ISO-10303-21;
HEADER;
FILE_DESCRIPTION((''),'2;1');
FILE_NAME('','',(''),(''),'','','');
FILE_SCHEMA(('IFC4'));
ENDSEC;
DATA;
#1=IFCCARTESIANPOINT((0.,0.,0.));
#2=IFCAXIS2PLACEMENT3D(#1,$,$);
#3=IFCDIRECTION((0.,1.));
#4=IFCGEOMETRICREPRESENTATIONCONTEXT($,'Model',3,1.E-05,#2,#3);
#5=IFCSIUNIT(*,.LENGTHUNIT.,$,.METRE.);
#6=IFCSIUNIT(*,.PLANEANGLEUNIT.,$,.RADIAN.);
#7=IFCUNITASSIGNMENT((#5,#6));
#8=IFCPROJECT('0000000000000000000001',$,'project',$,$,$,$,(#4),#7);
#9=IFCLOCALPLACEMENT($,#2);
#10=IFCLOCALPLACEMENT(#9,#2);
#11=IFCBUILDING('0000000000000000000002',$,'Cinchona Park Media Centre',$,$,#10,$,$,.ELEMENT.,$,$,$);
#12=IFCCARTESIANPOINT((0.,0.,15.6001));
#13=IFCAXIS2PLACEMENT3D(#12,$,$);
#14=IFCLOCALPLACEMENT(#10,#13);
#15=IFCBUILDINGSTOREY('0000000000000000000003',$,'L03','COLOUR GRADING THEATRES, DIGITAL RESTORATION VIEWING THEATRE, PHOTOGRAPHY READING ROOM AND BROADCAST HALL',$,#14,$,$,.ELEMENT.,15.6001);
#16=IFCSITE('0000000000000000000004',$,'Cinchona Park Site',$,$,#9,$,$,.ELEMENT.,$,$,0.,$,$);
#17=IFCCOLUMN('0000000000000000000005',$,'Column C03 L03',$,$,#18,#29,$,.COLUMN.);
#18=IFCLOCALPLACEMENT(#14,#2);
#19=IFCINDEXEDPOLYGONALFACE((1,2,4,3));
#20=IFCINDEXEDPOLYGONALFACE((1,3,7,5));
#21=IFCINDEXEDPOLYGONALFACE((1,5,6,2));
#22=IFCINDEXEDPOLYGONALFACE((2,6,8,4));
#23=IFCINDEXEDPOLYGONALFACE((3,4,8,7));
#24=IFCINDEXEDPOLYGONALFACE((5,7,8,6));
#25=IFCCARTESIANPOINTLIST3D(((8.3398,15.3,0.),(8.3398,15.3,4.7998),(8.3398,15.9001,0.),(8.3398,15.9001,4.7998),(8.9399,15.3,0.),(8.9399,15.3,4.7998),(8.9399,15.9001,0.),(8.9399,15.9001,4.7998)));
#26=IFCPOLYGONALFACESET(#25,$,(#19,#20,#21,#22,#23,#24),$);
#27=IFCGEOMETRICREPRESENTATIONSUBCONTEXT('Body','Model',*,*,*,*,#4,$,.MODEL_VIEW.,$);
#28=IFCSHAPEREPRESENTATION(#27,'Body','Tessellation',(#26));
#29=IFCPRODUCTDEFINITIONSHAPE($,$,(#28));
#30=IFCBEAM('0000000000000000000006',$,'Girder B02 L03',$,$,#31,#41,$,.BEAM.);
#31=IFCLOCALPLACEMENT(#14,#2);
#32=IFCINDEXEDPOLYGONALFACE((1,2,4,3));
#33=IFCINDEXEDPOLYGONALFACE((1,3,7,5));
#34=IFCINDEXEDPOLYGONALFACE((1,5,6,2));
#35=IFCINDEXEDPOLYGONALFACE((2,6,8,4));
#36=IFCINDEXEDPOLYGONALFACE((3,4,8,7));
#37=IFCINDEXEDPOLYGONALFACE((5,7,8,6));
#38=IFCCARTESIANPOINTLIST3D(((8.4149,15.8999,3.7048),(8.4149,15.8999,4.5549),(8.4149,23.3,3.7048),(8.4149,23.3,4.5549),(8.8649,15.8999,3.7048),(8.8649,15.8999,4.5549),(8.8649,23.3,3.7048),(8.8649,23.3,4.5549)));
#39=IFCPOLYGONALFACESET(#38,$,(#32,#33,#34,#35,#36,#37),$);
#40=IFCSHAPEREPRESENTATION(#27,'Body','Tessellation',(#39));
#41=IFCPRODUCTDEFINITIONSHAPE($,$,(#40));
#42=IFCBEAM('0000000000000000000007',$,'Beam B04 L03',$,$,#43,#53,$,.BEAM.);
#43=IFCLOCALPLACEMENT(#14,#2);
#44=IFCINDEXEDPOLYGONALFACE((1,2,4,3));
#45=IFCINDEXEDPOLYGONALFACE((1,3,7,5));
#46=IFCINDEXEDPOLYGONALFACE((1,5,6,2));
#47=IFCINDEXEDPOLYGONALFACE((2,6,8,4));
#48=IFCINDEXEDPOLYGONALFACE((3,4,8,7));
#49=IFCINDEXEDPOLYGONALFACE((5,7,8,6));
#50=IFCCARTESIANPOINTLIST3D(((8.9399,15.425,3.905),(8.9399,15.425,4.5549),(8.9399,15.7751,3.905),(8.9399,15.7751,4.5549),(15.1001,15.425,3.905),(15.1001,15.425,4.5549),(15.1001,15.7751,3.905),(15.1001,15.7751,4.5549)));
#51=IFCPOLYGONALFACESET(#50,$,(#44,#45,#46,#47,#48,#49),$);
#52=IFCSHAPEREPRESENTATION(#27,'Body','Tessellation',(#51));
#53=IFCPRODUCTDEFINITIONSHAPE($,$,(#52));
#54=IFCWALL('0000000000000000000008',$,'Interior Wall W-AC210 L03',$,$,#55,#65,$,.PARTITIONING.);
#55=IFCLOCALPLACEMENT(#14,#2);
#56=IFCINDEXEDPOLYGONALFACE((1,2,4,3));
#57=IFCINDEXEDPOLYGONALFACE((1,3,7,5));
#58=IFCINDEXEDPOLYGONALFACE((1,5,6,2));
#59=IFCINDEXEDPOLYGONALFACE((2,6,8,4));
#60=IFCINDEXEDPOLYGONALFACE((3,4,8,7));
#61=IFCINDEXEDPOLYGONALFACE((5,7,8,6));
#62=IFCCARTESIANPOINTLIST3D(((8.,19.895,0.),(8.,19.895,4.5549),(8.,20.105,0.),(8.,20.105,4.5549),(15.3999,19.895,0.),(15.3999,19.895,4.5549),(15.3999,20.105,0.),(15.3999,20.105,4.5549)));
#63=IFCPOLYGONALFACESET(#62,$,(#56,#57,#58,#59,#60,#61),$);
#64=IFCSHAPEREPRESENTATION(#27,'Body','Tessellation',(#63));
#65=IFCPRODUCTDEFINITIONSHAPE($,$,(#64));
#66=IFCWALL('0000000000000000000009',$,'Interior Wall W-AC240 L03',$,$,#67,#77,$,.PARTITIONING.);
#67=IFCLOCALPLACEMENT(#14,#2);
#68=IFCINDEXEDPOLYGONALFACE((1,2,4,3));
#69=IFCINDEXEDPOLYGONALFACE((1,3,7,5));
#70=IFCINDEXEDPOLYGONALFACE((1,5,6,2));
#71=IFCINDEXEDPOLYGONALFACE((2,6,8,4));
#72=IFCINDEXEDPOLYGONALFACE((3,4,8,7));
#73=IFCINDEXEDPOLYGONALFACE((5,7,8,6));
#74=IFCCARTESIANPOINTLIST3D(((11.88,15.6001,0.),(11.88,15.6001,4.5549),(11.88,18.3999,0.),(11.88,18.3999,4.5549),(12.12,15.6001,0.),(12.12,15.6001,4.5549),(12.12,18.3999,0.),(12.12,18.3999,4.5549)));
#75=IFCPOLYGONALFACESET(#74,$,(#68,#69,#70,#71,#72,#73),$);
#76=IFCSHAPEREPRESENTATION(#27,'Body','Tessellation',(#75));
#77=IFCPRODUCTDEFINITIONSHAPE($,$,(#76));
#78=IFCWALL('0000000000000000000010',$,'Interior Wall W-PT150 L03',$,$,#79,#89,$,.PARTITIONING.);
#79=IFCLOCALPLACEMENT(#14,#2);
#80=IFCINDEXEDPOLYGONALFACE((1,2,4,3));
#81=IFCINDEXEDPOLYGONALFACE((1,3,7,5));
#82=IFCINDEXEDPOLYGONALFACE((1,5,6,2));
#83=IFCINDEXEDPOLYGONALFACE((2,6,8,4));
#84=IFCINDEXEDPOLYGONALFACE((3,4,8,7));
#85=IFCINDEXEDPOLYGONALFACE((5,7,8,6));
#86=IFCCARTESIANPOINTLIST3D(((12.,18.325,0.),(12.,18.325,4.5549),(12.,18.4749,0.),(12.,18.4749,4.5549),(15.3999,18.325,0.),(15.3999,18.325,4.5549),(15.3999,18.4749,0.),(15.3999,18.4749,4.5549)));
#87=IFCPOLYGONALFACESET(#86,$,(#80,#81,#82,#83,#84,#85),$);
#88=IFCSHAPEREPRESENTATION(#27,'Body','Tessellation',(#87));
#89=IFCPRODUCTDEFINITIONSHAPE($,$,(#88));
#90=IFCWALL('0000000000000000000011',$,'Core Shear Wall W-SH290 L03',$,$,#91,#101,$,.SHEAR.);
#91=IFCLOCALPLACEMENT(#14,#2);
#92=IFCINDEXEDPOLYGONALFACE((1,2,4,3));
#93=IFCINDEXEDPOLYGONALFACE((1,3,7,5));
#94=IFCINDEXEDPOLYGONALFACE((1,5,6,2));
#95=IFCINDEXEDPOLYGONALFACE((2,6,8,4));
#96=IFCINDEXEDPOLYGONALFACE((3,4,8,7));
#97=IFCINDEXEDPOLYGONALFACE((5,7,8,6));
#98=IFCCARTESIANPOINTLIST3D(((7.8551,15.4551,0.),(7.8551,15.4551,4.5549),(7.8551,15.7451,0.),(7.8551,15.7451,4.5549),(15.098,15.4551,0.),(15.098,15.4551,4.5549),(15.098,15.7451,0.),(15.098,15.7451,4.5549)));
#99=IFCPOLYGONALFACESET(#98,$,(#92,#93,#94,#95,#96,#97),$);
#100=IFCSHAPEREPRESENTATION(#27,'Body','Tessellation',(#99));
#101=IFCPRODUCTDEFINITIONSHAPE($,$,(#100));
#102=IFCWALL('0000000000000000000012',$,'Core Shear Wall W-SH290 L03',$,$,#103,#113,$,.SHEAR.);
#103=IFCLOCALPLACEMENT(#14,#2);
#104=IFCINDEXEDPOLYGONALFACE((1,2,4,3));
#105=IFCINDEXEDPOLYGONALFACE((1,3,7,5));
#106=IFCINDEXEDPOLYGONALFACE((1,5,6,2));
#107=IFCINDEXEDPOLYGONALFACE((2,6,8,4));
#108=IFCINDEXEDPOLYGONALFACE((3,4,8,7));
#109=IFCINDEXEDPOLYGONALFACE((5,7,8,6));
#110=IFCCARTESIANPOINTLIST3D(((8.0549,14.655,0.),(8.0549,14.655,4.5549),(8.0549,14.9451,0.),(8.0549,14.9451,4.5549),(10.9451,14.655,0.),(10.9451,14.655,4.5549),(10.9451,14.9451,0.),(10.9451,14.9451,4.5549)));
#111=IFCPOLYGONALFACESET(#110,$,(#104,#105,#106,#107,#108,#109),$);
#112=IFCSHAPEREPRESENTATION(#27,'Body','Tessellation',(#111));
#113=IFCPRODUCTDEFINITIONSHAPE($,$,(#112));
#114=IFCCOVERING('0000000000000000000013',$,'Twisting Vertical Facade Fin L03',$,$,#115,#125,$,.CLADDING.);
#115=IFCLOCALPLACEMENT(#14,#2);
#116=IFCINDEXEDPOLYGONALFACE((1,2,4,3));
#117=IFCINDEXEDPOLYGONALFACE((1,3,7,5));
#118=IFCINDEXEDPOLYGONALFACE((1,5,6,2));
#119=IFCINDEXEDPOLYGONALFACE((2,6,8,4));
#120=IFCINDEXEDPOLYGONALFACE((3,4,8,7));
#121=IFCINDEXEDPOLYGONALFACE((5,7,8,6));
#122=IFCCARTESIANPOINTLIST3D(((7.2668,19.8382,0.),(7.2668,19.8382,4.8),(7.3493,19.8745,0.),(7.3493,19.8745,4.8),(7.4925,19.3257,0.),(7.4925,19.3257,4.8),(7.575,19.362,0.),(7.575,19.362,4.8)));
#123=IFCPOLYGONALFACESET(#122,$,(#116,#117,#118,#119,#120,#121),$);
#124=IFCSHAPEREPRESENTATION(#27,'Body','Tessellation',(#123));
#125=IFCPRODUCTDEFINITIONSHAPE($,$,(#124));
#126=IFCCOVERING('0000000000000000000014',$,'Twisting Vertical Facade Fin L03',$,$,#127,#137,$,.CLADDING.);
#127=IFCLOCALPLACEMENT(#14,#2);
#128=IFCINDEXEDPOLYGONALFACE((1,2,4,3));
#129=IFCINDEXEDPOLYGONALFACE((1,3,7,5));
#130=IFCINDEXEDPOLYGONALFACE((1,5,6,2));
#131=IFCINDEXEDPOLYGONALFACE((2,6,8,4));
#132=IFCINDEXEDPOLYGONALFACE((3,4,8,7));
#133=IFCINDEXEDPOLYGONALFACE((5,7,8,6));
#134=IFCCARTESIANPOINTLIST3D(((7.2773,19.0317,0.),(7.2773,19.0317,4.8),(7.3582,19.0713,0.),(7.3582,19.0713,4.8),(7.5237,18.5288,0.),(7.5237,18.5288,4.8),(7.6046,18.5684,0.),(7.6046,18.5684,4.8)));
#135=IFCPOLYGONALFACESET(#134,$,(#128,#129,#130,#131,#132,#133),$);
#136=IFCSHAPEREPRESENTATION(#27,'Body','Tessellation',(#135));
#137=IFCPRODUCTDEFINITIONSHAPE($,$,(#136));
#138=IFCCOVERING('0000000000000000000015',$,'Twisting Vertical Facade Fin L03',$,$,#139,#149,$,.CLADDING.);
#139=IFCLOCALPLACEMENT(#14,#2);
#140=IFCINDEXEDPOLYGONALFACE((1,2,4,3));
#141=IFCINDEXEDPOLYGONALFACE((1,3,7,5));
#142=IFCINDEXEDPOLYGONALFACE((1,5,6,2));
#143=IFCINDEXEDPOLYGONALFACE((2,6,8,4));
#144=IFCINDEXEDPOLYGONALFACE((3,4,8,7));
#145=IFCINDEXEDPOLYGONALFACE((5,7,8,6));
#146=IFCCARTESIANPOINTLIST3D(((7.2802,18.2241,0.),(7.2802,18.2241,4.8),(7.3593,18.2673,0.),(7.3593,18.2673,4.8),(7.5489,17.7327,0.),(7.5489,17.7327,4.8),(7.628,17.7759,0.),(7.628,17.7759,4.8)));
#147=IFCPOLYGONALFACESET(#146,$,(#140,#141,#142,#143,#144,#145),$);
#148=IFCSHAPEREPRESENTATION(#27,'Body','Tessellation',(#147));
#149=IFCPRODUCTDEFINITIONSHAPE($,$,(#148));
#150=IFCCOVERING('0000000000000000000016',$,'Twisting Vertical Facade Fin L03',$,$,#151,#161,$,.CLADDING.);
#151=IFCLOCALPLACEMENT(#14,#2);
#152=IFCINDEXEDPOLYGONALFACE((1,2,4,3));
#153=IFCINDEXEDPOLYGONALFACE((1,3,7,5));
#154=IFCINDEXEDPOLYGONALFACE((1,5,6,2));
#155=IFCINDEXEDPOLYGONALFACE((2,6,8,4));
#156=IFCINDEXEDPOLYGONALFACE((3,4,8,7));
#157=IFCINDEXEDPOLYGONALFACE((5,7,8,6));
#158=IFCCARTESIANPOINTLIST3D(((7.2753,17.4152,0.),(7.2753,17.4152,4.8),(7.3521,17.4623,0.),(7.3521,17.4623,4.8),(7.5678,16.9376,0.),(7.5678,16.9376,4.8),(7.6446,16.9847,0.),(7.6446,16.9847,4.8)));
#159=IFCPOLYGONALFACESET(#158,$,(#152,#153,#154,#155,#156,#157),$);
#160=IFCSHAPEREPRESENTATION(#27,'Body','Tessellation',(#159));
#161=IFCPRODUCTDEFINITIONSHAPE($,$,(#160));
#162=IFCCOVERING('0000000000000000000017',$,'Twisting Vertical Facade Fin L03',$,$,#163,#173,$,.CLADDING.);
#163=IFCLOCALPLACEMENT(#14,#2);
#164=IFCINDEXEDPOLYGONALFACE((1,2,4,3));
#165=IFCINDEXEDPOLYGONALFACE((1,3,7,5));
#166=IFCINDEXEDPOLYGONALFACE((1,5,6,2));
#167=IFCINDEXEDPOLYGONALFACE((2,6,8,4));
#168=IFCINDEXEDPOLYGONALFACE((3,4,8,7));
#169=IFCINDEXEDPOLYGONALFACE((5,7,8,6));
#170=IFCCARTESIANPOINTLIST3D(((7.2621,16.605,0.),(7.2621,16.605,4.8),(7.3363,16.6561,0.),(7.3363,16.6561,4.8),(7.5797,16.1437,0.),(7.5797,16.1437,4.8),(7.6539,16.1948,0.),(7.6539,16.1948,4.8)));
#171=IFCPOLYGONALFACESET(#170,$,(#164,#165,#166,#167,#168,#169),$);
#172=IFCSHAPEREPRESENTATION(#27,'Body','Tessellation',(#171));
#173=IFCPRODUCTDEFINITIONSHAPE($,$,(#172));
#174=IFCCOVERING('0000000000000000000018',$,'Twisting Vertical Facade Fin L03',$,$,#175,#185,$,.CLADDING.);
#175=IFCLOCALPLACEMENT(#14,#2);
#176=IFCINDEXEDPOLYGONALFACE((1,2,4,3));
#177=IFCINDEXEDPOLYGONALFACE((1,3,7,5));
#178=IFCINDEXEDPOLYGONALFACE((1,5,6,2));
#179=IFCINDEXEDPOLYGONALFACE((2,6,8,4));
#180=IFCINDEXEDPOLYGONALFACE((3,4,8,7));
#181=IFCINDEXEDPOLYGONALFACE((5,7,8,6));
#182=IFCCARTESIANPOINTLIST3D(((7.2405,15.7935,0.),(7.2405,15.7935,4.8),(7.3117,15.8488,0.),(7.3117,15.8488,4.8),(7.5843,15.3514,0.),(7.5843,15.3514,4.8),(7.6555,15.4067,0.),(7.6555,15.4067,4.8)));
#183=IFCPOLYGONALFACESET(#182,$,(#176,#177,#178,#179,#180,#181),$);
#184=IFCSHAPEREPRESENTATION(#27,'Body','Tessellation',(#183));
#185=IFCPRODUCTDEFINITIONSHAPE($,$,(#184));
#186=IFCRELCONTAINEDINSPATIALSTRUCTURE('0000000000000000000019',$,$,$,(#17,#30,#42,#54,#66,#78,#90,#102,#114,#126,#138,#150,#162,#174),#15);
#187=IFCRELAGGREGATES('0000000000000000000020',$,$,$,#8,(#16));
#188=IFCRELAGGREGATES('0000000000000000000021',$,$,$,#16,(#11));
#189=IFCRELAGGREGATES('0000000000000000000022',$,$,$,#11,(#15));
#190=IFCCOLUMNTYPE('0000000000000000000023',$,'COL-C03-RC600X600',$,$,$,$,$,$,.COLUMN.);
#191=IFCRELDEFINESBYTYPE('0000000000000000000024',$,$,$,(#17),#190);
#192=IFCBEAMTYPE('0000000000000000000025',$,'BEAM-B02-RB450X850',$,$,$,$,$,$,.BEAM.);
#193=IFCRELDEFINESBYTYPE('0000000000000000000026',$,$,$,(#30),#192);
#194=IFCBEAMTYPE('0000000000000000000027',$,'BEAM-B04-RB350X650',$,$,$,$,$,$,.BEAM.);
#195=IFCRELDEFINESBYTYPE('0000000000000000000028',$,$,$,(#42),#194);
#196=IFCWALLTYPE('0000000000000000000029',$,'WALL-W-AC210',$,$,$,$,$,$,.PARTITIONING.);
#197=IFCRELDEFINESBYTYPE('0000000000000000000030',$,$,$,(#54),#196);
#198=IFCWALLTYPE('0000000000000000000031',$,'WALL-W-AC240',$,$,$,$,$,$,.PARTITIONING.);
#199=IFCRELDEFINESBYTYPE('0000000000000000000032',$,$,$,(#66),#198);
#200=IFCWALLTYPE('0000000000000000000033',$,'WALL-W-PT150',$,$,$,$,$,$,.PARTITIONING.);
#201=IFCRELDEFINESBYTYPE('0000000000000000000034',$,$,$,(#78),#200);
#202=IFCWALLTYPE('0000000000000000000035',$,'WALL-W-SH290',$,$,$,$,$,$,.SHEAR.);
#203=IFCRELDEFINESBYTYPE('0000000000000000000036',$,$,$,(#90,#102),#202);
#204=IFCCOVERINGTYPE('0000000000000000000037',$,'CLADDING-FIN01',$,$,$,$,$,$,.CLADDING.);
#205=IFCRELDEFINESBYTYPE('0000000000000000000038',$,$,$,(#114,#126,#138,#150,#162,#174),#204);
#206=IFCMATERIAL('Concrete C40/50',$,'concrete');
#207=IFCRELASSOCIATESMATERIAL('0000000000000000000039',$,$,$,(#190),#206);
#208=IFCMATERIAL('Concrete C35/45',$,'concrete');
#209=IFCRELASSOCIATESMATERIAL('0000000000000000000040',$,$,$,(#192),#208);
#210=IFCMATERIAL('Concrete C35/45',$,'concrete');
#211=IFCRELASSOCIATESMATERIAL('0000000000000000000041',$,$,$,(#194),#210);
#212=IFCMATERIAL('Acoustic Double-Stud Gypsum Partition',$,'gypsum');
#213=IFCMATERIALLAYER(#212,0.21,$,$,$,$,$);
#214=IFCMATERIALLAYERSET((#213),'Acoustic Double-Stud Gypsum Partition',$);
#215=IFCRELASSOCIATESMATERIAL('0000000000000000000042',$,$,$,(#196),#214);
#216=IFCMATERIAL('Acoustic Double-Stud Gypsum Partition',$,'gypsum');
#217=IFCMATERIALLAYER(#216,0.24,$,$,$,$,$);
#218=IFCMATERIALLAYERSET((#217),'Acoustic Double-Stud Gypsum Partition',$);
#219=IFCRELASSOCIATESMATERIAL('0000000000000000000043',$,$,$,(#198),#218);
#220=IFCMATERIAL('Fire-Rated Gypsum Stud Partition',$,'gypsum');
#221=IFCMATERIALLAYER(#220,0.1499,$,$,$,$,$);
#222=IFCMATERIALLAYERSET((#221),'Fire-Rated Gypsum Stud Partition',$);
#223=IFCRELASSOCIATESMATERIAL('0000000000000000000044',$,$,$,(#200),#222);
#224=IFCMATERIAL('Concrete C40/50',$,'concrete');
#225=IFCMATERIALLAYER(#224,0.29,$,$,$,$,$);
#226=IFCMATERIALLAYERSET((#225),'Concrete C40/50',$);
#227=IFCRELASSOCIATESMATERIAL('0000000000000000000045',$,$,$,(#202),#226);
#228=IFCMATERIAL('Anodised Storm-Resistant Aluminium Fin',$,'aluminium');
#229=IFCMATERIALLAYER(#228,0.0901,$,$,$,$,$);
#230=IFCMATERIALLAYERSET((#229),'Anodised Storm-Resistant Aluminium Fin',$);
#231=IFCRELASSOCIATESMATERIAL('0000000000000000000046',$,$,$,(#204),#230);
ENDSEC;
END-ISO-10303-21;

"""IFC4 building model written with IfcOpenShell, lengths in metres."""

from ifc_helpers import new_model, si_unit, direction, frame, frame_2d, origin, origin_2d, place, context, subcontext, project, spatial, rectangle, extrude, material, layer, layer_set, material_profile, profile_set, type_object, element, save


model = new_model("IFC4")

# Units and contexts
model_context = context("Model", 3, precision=1e-05, world=origin(), true_north=direction((0.0, 1.0)))
body_context = subcontext(model_context, "Body", "Model", "MODEL_VIEW")
ifc_project = project(units=[si_unit("LENGTHUNIT", "METRE"), si_unit("PLANEANGLEUNIT", "RADIAN")], contexts=[model_context])

# Site, building, storey
site_placement = place(None, origin())
site = spatial("IfcSite", under=ifc_project, at=site_placement, Name="Cinchona Park Site", CompositionType="ELEMENT", RefElevation=0.0)
building_placement = place(site_placement, origin())
building = spatial("IfcBuilding", under=site, at=building_placement, Name="Cinchona Park Media Centre", CompositionType="ELEMENT")
storey_placement = place(building_placement, frame((0.0, 0.0, 15.6001)))
storey = spatial("IfcBuildingStorey", under=building, at=storey_placement, Name="L03", Description="COLOUR GRADING THEATRES, DIGITAL RESTORATION VIEWING THEATRE, PHOTOGRAPHY READING ROOM AND BROADCAST HALL", CompositionType="ELEMENT", Elevation=15.6001)

# Column
ifc_material_1 = material(Name="Concrete C40/50", Category="concrete")
ifc_material_profile_1 = material_profile(ifc_material_1, rectangle(XDim=0.6001, YDim=0.6001, at=origin_2d()), Name="RC 600X600")
ifc_profile_set_1 = profile_set([ifc_material_profile_1], Name="Concrete C40/50")
column_type = type_object("IfcColumnType", Name="COL-C03-RC600X600", PredefinedType="COLUMN", material=ifc_profile_set_1)
column_placement = place(storey_placement, frame((8.6399, 15.6001, 0.0), z_axis=(0.0, 0.0, 1.0), x_axis=(1.0, 0.0, 0.0)))
element("IfcColumn", 1, at=column_placement, inside=storey, type_object=column_type, Name="Column C03 L03", PredefinedType="COLUMN", context=body_context, shape_type="SweptSolid", body=[
    extrude(rectangle(XDim=0.6001, YDim=0.6001, at=origin_2d()), origin(), (0.0, 0.0, 1.0), 4.7998),
])

# Beams
ifc_material_2 = material(Name="Concrete C35/45", Category="concrete")
ifc_material_profile_2 = material_profile(ifc_material_2, rectangle(XDim=0.45, YDim=0.8501, at=origin_2d()), Name="RB 450X850")
ifc_profile_set_2 = profile_set([ifc_material_profile_2], Name="Concrete C35/45")
beam_type_1 = type_object("IfcBeamType", Name="BEAM-B02-RB450X850", PredefinedType="BEAM", material=ifc_profile_set_2)
beam_1_placement = place(storey_placement, frame((8.6399, 15.8999, 4.1299), z_axis=(0.0, 1.0, 0.0), x_axis=(-1.0, 0.0, 0.0)))
element("IfcBeam", 2, at=beam_1_placement, inside=storey, type_object=beam_type_1, Name="Girder B02 L03", PredefinedType="BEAM", context=body_context, shape_type="SweptSolid", body=[
    extrude(rectangle(XDim=0.45, YDim=0.8501, at=origin_2d()), origin(), (0.0, 0.0, 1.0), 7.4001),
])
ifc_material_3 = material(Name="Concrete C35/45", Category="concrete")
ifc_material_profile_3 = material_profile(ifc_material_3, rectangle(XDim=0.3501, YDim=0.6499, at=origin_2d()), Name="RB 350X650")
ifc_profile_set_3 = profile_set([ifc_material_profile_3], Name="Concrete C35/45")
beam_type_2 = type_object("IfcBeamType", Name="BEAM-B04-RB350X650", PredefinedType="BEAM", material=ifc_profile_set_3)
beam_2_placement = place(storey_placement, frame((8.9399, 15.6001, 4.23), z_axis=(1.0, 0.0, 0.0), x_axis=(0.0, 1.0, 0.0)))
element("IfcBeam", 3, at=beam_2_placement, inside=storey, type_object=beam_type_2, Name="Beam B04 L03", PredefinedType="BEAM", context=body_context, shape_type="SweptSolid", body=[
    extrude(rectangle(XDim=0.3501, YDim=0.6499, at=origin_2d()), origin(), (0.0, 0.0, 1.0), 6.1602),
])

# Walls
ifc_material_4 = material(Name="Acoustic Double-Stud Gypsum Partition", Category="gypsum")
ifc_layer_1 = layer(ifc_material_4, 0.21)
ifc_layer_set_1 = layer_set([ifc_layer_1], Name="Acoustic Double-Stud Gypsum Partition")
wall_type_1 = type_object("IfcWallType", Name="WALL-W-AC210", PredefinedType="PARTITIONING", material=ifc_layer_set_1)
wall_1_placement = place(storey_placement, frame((8.0, 20.0, 0.0), z_axis=(0.0, 0.0, 1.0), x_axis=(1.0, 0.0, 0.0)))
element("IfcWall", 4, at=wall_1_placement, inside=storey, type_object=wall_type_1, Name="Interior Wall W-AC210 L03", PredefinedType="PARTITIONING", context=body_context, shape_type="SweptSolid", body=[
    extrude(rectangle(XDim=7.3999, YDim=0.21, at=frame_2d((3.7, 0.0))), origin(), (0.0, 0.0, 1.0), 4.5549),
])
ifc_material_5 = material(Name="Acoustic Double-Stud Gypsum Partition", Category="gypsum")
ifc_layer_2 = layer(ifc_material_5, 0.24)
ifc_layer_set_2 = layer_set([ifc_layer_2], Name="Acoustic Double-Stud Gypsum Partition")
wall_type_2 = type_object("IfcWallType", Name="WALL-W-AC240", PredefinedType="PARTITIONING", material=ifc_layer_set_2)
wall_2_placement = place(storey_placement, frame((12.0, 15.6001, 0.0), z_axis=(0.0, 0.0, 1.0), x_axis=(0.0, 1.0, 0.0)))
element("IfcWall", 5, at=wall_2_placement, inside=storey, type_object=wall_type_2, Name="Interior Wall W-AC240 L03", PredefinedType="PARTITIONING", context=body_context, shape_type="SweptSolid", body=[
    extrude(rectangle(XDim=2.7998, YDim=0.24, at=frame_2d((1.3999, 0.0))), origin(), (0.0, 0.0, 1.0), 4.5549),
])
ifc_material_6 = material(Name="Fire-Rated Gypsum Stud Partition", Category="gypsum")
ifc_layer_3 = layer(ifc_material_6, 0.1499)
ifc_layer_set_3 = layer_set([ifc_layer_3], Name="Fire-Rated Gypsum Stud Partition")
wall_type_3 = type_object("IfcWallType", Name="WALL-W-PT150", PredefinedType="PARTITIONING", material=ifc_layer_set_3)
wall_3_placement = place(storey_placement, frame((12.0, 18.3999, 0.0), z_axis=(0.0, 0.0, 1.0), x_axis=(1.0, 0.0, 0.0)))
element("IfcWall", 6, at=wall_3_placement, inside=storey, type_object=wall_type_3, Name="Interior Wall W-PT150 L03", PredefinedType="PARTITIONING", context=body_context, shape_type="SweptSolid", body=[
    extrude(rectangle(XDim=3.3999, YDim=0.1499, at=frame_2d((1.7, 0.0))), origin(), (0.0, 0.0, 1.0), 4.5549),
])
ifc_material_7 = material(Name="Concrete C40/50", Category="concrete")
ifc_layer_4 = layer(ifc_material_7, 0.29)
ifc_layer_set_4 = layer_set([ifc_layer_4], Name="Concrete C40/50")
wall_type_4 = type_object("IfcWallType", Name="WALL-W-SH290", PredefinedType="SHEAR", material=ifc_layer_set_4)
wall_4_placement = place(storey_placement, frame((7.855, 15.6001, 0.0), z_axis=(0.0, 0.0, 1.0), x_axis=(1.0, 0.0, 0.0)))
element("IfcWall", 7, at=wall_4_placement, inside=storey, type_object=wall_type_4, Name="Core Shear Wall W-SH290 L03", PredefinedType="SHEAR", context=body_context, shape_type="SweptSolid", body=[
    extrude(rectangle(XDim=7.2429, YDim=0.29, at=frame_2d((3.6216, 0.0))), origin(), (0.0, 0.0, 1.0), 4.5549),
])
wall_5_placement = place(storey_placement, frame((8.0549, 14.8, 0.0), z_axis=(0.0, 0.0, 1.0), x_axis=(1.0, 0.0, 0.0)))
element("IfcWall", 8, at=wall_5_placement, inside=storey, type_object=wall_type_4, Name="Core Shear Wall W-SH290 L03", PredefinedType="SHEAR", context=body_context, shape_type="SweptSolid", body=[
    extrude(rectangle(XDim=2.8901, YDim=0.29, at=frame_2d((1.4451, 0.0))), origin(), (0.0, 0.0, 1.0), 4.5549),
])

# Coverings
ifc_material_8 = material(Name="Anodised Storm-Resistant Aluminium Fin", Category="aluminium")
ifc_layer_5 = layer(ifc_material_8, 0.0901)
ifc_layer_set_5 = layer_set([ifc_layer_5], Name="Anodised Storm-Resistant Aluminium Fin")
covering_type = type_object("IfcCoveringType", Name="CLADDING-FIN01", PredefinedType="CLADDING", material=ifc_layer_set_5)
for number, where, z_axis, x_axis, name in (
    (9, (7.4209, 19.6001, 0.0), (0.0, 0.0, 1.0), (0.403066, -0.915171, 0.0), "Twisting Vertical Facade Fin L03"),
    (10, (7.4409, 18.8, 0.0), (0.0, 0.0, 1.0), (0.439939, -0.898028, 0.0), "Twisting Vertical Facade Fin L03"),
    (11, (7.4541, 18.0, 0.0), (0.0, 0.0, 1.0), (0.479764, -0.877397, 0.0), "Twisting Vertical Facade Fin L03"),
    (12, (7.46, 17.2, 0.0), (0.0, 0.0, 1.0), (0.522201, -0.852822, 0.0), "Twisting Vertical Facade Fin L03"),
    (13, (7.458, 16.3999, 0.0), (0.0, 0.0, 1.0), (0.567125, -0.823632, 0.0), "Twisting Vertical Facade Fin L03"),
    (14, (7.448, 15.6001, 0.0), (0.0, 0.0, 1.0), (0.613872, -0.789406, 0.0), "Twisting Vertical Facade Fin L03"),
):
    element("IfcCovering", number, at=place(storey_placement, frame(where, z_axis=z_axis, x_axis=x_axis)), inside=storey, type_object=covering_type, Name=name, PredefinedType="CLADDING", context=body_context, shape_type="SweptSolid", body=[
        extrude(rectangle(XDim=0.5601, YDim=0.0901, at=origin_2d()), origin(), (0.0, 0.0, 1.0), 4.8),
    ])

save(model, "model.ifc")
